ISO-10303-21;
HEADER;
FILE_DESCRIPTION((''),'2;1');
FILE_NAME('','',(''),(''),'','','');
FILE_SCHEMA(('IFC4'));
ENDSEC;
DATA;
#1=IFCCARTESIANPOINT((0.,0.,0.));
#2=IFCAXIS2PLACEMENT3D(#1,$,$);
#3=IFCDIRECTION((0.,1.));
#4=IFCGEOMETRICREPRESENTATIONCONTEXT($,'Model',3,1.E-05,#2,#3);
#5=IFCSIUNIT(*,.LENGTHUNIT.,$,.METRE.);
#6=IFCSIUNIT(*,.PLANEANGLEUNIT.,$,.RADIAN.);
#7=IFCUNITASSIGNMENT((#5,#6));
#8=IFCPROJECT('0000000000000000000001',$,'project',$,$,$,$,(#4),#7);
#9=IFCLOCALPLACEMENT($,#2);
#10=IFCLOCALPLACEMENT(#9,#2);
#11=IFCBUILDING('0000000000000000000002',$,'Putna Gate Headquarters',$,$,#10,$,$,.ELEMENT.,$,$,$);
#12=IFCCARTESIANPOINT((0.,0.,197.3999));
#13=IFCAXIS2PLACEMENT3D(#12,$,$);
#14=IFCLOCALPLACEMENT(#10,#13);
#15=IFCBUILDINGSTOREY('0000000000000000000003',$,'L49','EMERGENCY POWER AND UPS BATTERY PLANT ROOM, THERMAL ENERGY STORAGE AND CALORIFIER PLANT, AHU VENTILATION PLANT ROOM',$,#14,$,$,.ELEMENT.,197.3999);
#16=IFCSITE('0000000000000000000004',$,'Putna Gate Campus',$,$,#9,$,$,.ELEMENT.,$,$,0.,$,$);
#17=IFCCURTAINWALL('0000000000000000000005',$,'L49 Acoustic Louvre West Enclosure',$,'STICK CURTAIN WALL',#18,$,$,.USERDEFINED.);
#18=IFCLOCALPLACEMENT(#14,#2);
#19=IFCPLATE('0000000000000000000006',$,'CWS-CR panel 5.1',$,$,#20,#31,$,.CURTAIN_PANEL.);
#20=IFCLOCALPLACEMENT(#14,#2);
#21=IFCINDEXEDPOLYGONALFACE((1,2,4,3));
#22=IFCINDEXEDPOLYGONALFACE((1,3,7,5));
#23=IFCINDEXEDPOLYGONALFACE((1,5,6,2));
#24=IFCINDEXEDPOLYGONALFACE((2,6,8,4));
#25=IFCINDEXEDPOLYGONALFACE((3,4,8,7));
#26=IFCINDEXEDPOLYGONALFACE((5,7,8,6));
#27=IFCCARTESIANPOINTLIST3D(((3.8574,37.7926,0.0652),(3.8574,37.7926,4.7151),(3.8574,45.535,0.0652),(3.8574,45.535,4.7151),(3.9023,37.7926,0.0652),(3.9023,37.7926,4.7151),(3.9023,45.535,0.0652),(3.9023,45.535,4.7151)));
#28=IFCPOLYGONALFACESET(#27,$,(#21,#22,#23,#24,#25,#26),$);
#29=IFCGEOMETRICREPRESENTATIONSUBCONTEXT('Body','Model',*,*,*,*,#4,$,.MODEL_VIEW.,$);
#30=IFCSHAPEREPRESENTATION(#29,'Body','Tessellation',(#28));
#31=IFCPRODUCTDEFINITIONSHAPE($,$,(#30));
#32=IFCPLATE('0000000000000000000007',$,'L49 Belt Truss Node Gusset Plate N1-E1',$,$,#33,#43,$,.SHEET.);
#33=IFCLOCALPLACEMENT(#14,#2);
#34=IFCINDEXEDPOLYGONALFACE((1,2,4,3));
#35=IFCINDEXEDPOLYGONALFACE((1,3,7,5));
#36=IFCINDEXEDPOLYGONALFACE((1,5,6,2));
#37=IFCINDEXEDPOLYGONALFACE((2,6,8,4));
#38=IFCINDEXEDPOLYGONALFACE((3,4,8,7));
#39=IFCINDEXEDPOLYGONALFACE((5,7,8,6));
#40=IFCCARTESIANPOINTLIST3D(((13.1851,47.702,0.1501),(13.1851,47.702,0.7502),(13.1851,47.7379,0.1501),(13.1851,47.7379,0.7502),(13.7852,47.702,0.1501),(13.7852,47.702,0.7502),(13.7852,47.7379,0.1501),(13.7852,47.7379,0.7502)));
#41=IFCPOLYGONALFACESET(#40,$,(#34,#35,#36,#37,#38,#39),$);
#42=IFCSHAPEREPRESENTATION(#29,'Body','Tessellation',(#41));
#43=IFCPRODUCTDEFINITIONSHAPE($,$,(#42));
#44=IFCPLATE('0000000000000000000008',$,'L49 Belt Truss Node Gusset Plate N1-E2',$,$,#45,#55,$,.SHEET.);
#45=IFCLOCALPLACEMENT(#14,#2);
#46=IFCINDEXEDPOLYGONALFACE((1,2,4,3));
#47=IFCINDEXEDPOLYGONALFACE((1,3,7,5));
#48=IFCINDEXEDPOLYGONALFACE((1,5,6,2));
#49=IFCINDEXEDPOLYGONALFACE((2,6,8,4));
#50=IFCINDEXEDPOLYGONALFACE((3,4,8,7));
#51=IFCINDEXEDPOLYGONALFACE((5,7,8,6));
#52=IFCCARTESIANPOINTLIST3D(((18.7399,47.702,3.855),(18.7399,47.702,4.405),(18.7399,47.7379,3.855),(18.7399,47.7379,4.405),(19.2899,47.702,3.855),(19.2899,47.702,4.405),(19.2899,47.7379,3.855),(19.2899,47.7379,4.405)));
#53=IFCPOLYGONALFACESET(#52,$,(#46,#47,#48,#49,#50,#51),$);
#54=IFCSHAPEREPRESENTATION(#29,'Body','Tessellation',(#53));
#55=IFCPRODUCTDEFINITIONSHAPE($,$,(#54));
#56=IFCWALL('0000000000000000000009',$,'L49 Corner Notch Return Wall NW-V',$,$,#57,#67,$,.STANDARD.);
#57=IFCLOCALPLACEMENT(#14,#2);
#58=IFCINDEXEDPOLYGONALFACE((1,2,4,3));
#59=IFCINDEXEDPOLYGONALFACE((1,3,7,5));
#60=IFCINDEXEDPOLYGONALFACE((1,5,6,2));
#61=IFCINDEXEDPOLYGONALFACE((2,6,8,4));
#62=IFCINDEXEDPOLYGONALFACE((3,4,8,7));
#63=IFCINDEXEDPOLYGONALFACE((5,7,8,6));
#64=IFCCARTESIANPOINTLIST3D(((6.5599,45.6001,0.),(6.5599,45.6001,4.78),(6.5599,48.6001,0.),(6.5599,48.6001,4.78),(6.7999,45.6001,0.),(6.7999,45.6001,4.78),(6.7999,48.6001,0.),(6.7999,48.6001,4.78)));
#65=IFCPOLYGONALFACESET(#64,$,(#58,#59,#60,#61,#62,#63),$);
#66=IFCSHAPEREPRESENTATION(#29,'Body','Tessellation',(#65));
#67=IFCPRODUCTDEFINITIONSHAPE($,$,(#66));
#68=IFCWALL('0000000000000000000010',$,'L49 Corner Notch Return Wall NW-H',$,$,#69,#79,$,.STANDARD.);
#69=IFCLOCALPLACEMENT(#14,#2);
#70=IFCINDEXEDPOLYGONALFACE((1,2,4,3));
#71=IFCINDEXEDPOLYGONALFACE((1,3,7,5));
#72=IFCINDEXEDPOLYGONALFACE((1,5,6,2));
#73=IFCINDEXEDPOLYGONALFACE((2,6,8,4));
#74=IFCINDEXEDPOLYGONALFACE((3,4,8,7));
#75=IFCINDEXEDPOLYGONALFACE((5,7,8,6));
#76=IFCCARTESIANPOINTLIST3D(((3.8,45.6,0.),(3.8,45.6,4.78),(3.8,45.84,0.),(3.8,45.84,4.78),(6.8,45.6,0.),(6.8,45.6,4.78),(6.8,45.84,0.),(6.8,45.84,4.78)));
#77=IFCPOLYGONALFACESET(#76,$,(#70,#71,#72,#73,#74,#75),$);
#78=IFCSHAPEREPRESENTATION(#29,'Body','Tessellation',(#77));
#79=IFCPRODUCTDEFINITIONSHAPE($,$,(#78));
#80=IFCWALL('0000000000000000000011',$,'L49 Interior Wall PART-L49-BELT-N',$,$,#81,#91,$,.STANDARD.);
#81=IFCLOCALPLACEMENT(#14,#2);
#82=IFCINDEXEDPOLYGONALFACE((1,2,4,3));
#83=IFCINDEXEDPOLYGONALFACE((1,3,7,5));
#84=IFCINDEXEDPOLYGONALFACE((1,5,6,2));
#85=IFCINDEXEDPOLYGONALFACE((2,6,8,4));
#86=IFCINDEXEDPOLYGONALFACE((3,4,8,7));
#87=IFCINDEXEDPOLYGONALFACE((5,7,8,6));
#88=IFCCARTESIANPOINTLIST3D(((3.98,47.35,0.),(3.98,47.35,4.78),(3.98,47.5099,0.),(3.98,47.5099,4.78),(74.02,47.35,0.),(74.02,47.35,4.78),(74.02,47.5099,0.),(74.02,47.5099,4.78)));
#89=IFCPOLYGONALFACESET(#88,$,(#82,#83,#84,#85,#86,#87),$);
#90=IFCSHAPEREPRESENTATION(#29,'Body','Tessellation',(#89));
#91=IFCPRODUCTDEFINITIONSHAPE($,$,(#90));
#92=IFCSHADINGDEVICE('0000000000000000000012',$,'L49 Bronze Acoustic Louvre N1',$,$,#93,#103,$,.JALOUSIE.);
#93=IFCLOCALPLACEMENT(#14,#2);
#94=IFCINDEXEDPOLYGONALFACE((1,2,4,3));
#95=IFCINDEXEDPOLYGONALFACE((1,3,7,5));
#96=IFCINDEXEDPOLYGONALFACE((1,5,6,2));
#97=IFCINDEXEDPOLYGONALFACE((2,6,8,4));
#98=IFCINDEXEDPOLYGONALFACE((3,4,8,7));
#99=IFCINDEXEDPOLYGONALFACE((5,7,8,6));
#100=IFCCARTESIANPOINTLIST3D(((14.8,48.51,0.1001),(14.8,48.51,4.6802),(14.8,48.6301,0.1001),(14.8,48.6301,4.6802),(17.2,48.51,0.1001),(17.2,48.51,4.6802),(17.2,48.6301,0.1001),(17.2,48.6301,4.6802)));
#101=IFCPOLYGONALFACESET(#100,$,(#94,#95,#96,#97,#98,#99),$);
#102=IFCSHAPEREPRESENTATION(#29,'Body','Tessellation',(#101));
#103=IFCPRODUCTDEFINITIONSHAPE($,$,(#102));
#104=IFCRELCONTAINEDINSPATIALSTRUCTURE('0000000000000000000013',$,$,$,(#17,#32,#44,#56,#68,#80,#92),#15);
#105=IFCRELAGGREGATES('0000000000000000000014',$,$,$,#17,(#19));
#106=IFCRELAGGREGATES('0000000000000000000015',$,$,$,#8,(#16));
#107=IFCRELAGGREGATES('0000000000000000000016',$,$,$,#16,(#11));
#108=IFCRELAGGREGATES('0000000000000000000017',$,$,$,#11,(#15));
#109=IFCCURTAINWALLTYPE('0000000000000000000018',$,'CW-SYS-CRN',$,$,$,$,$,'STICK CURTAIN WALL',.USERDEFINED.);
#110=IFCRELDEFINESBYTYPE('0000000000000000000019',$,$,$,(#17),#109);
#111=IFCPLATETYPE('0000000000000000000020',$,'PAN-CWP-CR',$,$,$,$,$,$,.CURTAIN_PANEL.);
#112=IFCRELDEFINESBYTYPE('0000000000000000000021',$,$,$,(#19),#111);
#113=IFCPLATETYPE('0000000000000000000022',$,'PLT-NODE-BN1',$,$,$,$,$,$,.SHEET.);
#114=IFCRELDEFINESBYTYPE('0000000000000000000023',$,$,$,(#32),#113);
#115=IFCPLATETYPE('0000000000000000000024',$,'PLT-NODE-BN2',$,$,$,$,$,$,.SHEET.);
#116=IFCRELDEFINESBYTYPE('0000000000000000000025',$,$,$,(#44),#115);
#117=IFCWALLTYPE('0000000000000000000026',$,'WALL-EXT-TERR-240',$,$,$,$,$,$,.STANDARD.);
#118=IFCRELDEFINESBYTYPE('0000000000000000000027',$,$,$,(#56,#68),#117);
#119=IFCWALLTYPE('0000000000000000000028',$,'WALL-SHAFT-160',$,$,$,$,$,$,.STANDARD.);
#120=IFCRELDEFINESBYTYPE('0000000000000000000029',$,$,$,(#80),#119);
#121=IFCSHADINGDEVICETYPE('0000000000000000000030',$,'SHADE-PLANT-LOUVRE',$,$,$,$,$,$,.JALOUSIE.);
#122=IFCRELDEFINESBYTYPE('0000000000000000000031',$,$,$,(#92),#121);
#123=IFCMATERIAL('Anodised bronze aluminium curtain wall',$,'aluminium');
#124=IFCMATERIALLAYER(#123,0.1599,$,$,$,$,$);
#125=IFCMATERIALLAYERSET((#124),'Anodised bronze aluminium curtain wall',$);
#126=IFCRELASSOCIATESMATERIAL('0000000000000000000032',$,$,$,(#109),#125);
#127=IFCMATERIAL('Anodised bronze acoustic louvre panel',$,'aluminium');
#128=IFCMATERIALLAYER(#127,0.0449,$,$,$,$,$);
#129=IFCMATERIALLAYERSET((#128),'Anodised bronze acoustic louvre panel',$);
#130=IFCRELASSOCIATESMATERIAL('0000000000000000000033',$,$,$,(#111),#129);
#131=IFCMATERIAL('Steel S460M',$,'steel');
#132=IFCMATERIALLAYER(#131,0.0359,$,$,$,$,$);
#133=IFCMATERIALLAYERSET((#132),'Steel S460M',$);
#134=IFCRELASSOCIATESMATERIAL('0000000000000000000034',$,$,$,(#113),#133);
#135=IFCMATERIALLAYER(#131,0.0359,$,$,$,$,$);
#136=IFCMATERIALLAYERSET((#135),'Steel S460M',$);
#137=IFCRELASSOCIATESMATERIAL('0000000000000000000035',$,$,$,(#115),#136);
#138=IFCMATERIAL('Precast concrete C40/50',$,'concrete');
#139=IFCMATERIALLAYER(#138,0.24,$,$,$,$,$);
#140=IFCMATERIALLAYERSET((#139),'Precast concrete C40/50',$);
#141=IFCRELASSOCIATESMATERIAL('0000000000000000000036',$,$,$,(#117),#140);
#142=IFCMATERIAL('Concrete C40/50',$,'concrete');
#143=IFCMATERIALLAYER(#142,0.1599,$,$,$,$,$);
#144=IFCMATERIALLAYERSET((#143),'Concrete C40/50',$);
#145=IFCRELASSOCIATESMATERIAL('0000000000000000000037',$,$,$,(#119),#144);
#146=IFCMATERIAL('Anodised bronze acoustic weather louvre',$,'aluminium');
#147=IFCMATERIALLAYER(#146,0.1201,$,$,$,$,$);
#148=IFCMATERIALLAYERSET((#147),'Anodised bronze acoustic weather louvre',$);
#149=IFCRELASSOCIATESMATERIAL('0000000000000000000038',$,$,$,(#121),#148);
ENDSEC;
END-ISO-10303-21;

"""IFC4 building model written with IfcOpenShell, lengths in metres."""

from ifc_helpers import new_model, si_unit, direction, frame, frame_2d, origin, origin_2d, place, context, subcontext, project, spatial, rectangle, extrude, material, layer, layer_set, type_object, element, aggregate, save


model = new_model("IFC4")

# Units and contexts
model_context = context("Model", 3, precision=1e-05, world=origin(), true_north=direction((0.0, 1.0)))
body_context = subcontext(model_context, "Body", "Model", "MODEL_VIEW")
ifc_project = project(units=[si_unit("LENGTHUNIT", "METRE"), si_unit("PLANEANGLEUNIT", "RADIAN")], contexts=[model_context])

# Site, building, storey
site_placement = place(None, origin())
site = spatial("IfcSite", under=ifc_project, at=site_placement, Name="Putna Gate Campus", CompositionType="ELEMENT", RefElevation=0.0)
building_placement = place(site_placement, origin())
building = spatial("IfcBuilding", under=site, at=building_placement, Name="Putna Gate Headquarters", CompositionType="ELEMENT")
storey_placement = place(building_placement, frame((0.0, 0.0, 197.3999)))
storey = spatial("IfcBuildingStorey", under=building, at=storey_placement, Name="L49", Description="EMERGENCY POWER AND UPS BATTERY PLANT ROOM, THERMAL ENERGY STORAGE AND CALORIFIER PLANT, AHU VENTILATION PLANT ROOM", CompositionType="ELEMENT", Elevation=197.3999)

# Shared definitions
ifc_material_1 = material(Name="Steel S460M", Category="steel")

# Curtain wall
ifc_material_2 = material(Name="Anodised bronze aluminium curtain wall", Category="aluminium")
ifc_layer_1 = layer(ifc_material_2, 0.1599)
ifc_layer_set_1 = layer_set([ifc_layer_1], Name="Anodised bronze aluminium curtain wall")
curtain_wall_type = type_object("IfcCurtainWallType", Name="CW-SYS-CRN", ElementType="STICK CURTAIN WALL", PredefinedType="USERDEFINED", material=ifc_layer_set_1)
curtain_wall_1_placement = place(storey_placement, origin())
curtain_wall_1 = element("IfcCurtainWall", 1, at=curtain_wall_1_placement, inside=storey, type_object=curtain_wall_type, Name="L49 Acoustic Louvre West Enclosure", ObjectType="STICK CURTAIN WALL", PredefinedType="USERDEFINED")

# Plate
ifc_material_3 = material(Name="Anodised bronze acoustic louvre panel", Category="aluminium")
ifc_layer_2 = layer(ifc_material_3, 0.0449)
ifc_layer_set_2 = layer_set([ifc_layer_2], Name="Anodised bronze acoustic louvre panel")
plate_type_1 = type_object("IfcPlateType", Name="PAN-CWP-CR", PredefinedType="CURTAIN_PANEL", material=ifc_layer_set_2)
plate_1_placement = place(storey_placement, frame((3.8799, 41.6638, 0.0652), z_axis=(0.0, 0.0, 1.0), x_axis=(0.0, 1.0, 0.0)))
plate_1 = element("IfcPlate", 2, at=plate_1_placement, type_object=plate_type_1, Name="CWS-CR panel 5.1", PredefinedType="CURTAIN_PANEL", context=body_context, shape_type="SweptSolid", body=[
    extrude(rectangle(XDim=7.7424, YDim=0.0449, at=origin_2d()), origin(), (0.0, 0.0, 1.0), 4.6499),
])
aggregate(curtain_wall_1, [plate_1])

# Plates
ifc_layer_3 = layer(ifc_material_1, 0.0359)
ifc_layer_set_3 = layer_set([ifc_layer_3], Name="Steel S460M")
plate_type_2 = type_object("IfcPlateType", Name="PLT-NODE-BN1", PredefinedType="SHEET", material=ifc_layer_set_3)
plate_2_placement = place(storey_placement, frame((13.4851, 47.72, 0.1501), z_axis=(0.0, 0.0, 1.0), x_axis=(1.0, 0.0, 0.0)))
element("IfcPlate", 3, at=plate_2_placement, inside=storey, type_object=plate_type_2, Name="L49 Belt Truss Node Gusset Plate N1-E1", PredefinedType="SHEET", context=body_context, shape_type="SweptSolid", body=[
    extrude(rectangle(XDim=0.6001, YDim=0.0359, at=origin_2d()), origin(), (0.0, 0.0, 1.0), 0.6001),
])
ifc_layer_4 = layer(ifc_material_1, 0.0359)
ifc_layer_set_4 = layer_set([ifc_layer_4], Name="Steel S460M")
plate_type_3 = type_object("IfcPlateType", Name="PLT-NODE-BN2", PredefinedType="SHEET", material=ifc_layer_set_4)
plate_3_placement = place(storey_placement, frame((19.0149, 47.72, 3.855), z_axis=(0.0, 0.0, 1.0), x_axis=(1.0, 0.0, 0.0)))
element("IfcPlate", 4, at=plate_3_placement, inside=storey, type_object=plate_type_3, Name="L49 Belt Truss Node Gusset Plate N1-E2", PredefinedType="SHEET", context=body_context, shape_type="SweptSolid", body=[
    extrude(rectangle(XDim=0.55, YDim=0.0359, at=origin_2d()), origin(), (0.0, 0.0, 1.0), 0.55),
])

# Walls
ifc_material_4 = material(Name="Precast concrete C40/50", Category="concrete")
ifc_layer_5 = layer(ifc_material_4, 0.24)
ifc_layer_set_5 = layer_set([ifc_layer_5], Name="Precast concrete C40/50")
wall_type_1 = type_object("IfcWallType", Name="WALL-EXT-TERR-240", PredefinedType="STANDARD", material=ifc_layer_set_5)
for number, where, z_axis, x_axis, name in (
    (5, (6.6799, 45.6001, 0.0), (0.0, 0.0, 1.0), (0.0, 1.0, 0.0), "L49 Corner Notch Return Wall NW-V"),
    (6, (3.8, 45.72, 0.0), (0.0, 0.0, 1.0), (1.0, 0.0, 0.0), "L49 Corner Notch Return Wall NW-H"),
):
    element("IfcWall", number, at=place(storey_placement, frame(where, z_axis=z_axis, x_axis=x_axis)), inside=storey, type_object=wall_type_1, Name=name, PredefinedType="STANDARD", context=body_context, shape_type="SweptSolid", body=[
        extrude(rectangle(XDim=3.0, YDim=0.24, at=frame_2d((1.5, 0.0))), origin(), (0.0, 0.0, 1.0), 4.78),
    ])
ifc_material_5 = material(Name="Concrete C40/50", Category="concrete")
ifc_layer_6 = layer(ifc_material_5, 0.1599)
ifc_layer_set_6 = layer_set([ifc_layer_6], Name="Concrete C40/50")
wall_type_2 = type_object("IfcWallType", Name="WALL-SHAFT-160", PredefinedType="STANDARD", material=ifc_layer_set_6)
wall_placement = place(storey_placement, frame((3.98, 47.4299, 0.0), z_axis=(0.0, 0.0, 1.0), x_axis=(1.0, 0.0, 0.0)))
element("IfcWall", 7, at=wall_placement, inside=storey, type_object=wall_type_2, Name="L49 Interior Wall PART-L49-BELT-N", PredefinedType="STANDARD", context=body_context, shape_type="SweptSolid", body=[
    extrude(rectangle(XDim=70.04, YDim=0.1599, at=frame_2d((35.02, 0.0))), origin(), (0.0, 0.0, 1.0), 4.78),
])

# Shading device
ifc_material_6 = material(Name="Anodised bronze acoustic weather louvre", Category="aluminium")
ifc_layer_7 = layer(ifc_material_6, 0.1201)
ifc_layer_set_7 = layer_set([ifc_layer_7], Name="Anodised bronze acoustic weather louvre")
shading_device_type = type_object("IfcShadingDeviceType", Name="SHADE-PLANT-LOUVRE", PredefinedType="JALOUSIE", material=ifc_layer_set_7)
shading_device_placement = place(storey_placement, frame((16.0, 48.5701, 0.1001), z_axis=(0.0, 0.0, 1.0), x_axis=(1.0, 0.0, 0.0)))
element("IfcShadingDevice", 8, at=shading_device_placement, inside=storey, type_object=shading_device_type, Name="L49 Bronze Acoustic Louvre N1", PredefinedType="JALOUSIE", context=body_context, shape_type="SweptSolid", body=[
    extrude(rectangle(XDim=2.3999, YDim=0.1201, at=origin_2d()), origin(), (0.0, 0.0, 1.0), 4.5801),
])

save(model, "model.ifc")
